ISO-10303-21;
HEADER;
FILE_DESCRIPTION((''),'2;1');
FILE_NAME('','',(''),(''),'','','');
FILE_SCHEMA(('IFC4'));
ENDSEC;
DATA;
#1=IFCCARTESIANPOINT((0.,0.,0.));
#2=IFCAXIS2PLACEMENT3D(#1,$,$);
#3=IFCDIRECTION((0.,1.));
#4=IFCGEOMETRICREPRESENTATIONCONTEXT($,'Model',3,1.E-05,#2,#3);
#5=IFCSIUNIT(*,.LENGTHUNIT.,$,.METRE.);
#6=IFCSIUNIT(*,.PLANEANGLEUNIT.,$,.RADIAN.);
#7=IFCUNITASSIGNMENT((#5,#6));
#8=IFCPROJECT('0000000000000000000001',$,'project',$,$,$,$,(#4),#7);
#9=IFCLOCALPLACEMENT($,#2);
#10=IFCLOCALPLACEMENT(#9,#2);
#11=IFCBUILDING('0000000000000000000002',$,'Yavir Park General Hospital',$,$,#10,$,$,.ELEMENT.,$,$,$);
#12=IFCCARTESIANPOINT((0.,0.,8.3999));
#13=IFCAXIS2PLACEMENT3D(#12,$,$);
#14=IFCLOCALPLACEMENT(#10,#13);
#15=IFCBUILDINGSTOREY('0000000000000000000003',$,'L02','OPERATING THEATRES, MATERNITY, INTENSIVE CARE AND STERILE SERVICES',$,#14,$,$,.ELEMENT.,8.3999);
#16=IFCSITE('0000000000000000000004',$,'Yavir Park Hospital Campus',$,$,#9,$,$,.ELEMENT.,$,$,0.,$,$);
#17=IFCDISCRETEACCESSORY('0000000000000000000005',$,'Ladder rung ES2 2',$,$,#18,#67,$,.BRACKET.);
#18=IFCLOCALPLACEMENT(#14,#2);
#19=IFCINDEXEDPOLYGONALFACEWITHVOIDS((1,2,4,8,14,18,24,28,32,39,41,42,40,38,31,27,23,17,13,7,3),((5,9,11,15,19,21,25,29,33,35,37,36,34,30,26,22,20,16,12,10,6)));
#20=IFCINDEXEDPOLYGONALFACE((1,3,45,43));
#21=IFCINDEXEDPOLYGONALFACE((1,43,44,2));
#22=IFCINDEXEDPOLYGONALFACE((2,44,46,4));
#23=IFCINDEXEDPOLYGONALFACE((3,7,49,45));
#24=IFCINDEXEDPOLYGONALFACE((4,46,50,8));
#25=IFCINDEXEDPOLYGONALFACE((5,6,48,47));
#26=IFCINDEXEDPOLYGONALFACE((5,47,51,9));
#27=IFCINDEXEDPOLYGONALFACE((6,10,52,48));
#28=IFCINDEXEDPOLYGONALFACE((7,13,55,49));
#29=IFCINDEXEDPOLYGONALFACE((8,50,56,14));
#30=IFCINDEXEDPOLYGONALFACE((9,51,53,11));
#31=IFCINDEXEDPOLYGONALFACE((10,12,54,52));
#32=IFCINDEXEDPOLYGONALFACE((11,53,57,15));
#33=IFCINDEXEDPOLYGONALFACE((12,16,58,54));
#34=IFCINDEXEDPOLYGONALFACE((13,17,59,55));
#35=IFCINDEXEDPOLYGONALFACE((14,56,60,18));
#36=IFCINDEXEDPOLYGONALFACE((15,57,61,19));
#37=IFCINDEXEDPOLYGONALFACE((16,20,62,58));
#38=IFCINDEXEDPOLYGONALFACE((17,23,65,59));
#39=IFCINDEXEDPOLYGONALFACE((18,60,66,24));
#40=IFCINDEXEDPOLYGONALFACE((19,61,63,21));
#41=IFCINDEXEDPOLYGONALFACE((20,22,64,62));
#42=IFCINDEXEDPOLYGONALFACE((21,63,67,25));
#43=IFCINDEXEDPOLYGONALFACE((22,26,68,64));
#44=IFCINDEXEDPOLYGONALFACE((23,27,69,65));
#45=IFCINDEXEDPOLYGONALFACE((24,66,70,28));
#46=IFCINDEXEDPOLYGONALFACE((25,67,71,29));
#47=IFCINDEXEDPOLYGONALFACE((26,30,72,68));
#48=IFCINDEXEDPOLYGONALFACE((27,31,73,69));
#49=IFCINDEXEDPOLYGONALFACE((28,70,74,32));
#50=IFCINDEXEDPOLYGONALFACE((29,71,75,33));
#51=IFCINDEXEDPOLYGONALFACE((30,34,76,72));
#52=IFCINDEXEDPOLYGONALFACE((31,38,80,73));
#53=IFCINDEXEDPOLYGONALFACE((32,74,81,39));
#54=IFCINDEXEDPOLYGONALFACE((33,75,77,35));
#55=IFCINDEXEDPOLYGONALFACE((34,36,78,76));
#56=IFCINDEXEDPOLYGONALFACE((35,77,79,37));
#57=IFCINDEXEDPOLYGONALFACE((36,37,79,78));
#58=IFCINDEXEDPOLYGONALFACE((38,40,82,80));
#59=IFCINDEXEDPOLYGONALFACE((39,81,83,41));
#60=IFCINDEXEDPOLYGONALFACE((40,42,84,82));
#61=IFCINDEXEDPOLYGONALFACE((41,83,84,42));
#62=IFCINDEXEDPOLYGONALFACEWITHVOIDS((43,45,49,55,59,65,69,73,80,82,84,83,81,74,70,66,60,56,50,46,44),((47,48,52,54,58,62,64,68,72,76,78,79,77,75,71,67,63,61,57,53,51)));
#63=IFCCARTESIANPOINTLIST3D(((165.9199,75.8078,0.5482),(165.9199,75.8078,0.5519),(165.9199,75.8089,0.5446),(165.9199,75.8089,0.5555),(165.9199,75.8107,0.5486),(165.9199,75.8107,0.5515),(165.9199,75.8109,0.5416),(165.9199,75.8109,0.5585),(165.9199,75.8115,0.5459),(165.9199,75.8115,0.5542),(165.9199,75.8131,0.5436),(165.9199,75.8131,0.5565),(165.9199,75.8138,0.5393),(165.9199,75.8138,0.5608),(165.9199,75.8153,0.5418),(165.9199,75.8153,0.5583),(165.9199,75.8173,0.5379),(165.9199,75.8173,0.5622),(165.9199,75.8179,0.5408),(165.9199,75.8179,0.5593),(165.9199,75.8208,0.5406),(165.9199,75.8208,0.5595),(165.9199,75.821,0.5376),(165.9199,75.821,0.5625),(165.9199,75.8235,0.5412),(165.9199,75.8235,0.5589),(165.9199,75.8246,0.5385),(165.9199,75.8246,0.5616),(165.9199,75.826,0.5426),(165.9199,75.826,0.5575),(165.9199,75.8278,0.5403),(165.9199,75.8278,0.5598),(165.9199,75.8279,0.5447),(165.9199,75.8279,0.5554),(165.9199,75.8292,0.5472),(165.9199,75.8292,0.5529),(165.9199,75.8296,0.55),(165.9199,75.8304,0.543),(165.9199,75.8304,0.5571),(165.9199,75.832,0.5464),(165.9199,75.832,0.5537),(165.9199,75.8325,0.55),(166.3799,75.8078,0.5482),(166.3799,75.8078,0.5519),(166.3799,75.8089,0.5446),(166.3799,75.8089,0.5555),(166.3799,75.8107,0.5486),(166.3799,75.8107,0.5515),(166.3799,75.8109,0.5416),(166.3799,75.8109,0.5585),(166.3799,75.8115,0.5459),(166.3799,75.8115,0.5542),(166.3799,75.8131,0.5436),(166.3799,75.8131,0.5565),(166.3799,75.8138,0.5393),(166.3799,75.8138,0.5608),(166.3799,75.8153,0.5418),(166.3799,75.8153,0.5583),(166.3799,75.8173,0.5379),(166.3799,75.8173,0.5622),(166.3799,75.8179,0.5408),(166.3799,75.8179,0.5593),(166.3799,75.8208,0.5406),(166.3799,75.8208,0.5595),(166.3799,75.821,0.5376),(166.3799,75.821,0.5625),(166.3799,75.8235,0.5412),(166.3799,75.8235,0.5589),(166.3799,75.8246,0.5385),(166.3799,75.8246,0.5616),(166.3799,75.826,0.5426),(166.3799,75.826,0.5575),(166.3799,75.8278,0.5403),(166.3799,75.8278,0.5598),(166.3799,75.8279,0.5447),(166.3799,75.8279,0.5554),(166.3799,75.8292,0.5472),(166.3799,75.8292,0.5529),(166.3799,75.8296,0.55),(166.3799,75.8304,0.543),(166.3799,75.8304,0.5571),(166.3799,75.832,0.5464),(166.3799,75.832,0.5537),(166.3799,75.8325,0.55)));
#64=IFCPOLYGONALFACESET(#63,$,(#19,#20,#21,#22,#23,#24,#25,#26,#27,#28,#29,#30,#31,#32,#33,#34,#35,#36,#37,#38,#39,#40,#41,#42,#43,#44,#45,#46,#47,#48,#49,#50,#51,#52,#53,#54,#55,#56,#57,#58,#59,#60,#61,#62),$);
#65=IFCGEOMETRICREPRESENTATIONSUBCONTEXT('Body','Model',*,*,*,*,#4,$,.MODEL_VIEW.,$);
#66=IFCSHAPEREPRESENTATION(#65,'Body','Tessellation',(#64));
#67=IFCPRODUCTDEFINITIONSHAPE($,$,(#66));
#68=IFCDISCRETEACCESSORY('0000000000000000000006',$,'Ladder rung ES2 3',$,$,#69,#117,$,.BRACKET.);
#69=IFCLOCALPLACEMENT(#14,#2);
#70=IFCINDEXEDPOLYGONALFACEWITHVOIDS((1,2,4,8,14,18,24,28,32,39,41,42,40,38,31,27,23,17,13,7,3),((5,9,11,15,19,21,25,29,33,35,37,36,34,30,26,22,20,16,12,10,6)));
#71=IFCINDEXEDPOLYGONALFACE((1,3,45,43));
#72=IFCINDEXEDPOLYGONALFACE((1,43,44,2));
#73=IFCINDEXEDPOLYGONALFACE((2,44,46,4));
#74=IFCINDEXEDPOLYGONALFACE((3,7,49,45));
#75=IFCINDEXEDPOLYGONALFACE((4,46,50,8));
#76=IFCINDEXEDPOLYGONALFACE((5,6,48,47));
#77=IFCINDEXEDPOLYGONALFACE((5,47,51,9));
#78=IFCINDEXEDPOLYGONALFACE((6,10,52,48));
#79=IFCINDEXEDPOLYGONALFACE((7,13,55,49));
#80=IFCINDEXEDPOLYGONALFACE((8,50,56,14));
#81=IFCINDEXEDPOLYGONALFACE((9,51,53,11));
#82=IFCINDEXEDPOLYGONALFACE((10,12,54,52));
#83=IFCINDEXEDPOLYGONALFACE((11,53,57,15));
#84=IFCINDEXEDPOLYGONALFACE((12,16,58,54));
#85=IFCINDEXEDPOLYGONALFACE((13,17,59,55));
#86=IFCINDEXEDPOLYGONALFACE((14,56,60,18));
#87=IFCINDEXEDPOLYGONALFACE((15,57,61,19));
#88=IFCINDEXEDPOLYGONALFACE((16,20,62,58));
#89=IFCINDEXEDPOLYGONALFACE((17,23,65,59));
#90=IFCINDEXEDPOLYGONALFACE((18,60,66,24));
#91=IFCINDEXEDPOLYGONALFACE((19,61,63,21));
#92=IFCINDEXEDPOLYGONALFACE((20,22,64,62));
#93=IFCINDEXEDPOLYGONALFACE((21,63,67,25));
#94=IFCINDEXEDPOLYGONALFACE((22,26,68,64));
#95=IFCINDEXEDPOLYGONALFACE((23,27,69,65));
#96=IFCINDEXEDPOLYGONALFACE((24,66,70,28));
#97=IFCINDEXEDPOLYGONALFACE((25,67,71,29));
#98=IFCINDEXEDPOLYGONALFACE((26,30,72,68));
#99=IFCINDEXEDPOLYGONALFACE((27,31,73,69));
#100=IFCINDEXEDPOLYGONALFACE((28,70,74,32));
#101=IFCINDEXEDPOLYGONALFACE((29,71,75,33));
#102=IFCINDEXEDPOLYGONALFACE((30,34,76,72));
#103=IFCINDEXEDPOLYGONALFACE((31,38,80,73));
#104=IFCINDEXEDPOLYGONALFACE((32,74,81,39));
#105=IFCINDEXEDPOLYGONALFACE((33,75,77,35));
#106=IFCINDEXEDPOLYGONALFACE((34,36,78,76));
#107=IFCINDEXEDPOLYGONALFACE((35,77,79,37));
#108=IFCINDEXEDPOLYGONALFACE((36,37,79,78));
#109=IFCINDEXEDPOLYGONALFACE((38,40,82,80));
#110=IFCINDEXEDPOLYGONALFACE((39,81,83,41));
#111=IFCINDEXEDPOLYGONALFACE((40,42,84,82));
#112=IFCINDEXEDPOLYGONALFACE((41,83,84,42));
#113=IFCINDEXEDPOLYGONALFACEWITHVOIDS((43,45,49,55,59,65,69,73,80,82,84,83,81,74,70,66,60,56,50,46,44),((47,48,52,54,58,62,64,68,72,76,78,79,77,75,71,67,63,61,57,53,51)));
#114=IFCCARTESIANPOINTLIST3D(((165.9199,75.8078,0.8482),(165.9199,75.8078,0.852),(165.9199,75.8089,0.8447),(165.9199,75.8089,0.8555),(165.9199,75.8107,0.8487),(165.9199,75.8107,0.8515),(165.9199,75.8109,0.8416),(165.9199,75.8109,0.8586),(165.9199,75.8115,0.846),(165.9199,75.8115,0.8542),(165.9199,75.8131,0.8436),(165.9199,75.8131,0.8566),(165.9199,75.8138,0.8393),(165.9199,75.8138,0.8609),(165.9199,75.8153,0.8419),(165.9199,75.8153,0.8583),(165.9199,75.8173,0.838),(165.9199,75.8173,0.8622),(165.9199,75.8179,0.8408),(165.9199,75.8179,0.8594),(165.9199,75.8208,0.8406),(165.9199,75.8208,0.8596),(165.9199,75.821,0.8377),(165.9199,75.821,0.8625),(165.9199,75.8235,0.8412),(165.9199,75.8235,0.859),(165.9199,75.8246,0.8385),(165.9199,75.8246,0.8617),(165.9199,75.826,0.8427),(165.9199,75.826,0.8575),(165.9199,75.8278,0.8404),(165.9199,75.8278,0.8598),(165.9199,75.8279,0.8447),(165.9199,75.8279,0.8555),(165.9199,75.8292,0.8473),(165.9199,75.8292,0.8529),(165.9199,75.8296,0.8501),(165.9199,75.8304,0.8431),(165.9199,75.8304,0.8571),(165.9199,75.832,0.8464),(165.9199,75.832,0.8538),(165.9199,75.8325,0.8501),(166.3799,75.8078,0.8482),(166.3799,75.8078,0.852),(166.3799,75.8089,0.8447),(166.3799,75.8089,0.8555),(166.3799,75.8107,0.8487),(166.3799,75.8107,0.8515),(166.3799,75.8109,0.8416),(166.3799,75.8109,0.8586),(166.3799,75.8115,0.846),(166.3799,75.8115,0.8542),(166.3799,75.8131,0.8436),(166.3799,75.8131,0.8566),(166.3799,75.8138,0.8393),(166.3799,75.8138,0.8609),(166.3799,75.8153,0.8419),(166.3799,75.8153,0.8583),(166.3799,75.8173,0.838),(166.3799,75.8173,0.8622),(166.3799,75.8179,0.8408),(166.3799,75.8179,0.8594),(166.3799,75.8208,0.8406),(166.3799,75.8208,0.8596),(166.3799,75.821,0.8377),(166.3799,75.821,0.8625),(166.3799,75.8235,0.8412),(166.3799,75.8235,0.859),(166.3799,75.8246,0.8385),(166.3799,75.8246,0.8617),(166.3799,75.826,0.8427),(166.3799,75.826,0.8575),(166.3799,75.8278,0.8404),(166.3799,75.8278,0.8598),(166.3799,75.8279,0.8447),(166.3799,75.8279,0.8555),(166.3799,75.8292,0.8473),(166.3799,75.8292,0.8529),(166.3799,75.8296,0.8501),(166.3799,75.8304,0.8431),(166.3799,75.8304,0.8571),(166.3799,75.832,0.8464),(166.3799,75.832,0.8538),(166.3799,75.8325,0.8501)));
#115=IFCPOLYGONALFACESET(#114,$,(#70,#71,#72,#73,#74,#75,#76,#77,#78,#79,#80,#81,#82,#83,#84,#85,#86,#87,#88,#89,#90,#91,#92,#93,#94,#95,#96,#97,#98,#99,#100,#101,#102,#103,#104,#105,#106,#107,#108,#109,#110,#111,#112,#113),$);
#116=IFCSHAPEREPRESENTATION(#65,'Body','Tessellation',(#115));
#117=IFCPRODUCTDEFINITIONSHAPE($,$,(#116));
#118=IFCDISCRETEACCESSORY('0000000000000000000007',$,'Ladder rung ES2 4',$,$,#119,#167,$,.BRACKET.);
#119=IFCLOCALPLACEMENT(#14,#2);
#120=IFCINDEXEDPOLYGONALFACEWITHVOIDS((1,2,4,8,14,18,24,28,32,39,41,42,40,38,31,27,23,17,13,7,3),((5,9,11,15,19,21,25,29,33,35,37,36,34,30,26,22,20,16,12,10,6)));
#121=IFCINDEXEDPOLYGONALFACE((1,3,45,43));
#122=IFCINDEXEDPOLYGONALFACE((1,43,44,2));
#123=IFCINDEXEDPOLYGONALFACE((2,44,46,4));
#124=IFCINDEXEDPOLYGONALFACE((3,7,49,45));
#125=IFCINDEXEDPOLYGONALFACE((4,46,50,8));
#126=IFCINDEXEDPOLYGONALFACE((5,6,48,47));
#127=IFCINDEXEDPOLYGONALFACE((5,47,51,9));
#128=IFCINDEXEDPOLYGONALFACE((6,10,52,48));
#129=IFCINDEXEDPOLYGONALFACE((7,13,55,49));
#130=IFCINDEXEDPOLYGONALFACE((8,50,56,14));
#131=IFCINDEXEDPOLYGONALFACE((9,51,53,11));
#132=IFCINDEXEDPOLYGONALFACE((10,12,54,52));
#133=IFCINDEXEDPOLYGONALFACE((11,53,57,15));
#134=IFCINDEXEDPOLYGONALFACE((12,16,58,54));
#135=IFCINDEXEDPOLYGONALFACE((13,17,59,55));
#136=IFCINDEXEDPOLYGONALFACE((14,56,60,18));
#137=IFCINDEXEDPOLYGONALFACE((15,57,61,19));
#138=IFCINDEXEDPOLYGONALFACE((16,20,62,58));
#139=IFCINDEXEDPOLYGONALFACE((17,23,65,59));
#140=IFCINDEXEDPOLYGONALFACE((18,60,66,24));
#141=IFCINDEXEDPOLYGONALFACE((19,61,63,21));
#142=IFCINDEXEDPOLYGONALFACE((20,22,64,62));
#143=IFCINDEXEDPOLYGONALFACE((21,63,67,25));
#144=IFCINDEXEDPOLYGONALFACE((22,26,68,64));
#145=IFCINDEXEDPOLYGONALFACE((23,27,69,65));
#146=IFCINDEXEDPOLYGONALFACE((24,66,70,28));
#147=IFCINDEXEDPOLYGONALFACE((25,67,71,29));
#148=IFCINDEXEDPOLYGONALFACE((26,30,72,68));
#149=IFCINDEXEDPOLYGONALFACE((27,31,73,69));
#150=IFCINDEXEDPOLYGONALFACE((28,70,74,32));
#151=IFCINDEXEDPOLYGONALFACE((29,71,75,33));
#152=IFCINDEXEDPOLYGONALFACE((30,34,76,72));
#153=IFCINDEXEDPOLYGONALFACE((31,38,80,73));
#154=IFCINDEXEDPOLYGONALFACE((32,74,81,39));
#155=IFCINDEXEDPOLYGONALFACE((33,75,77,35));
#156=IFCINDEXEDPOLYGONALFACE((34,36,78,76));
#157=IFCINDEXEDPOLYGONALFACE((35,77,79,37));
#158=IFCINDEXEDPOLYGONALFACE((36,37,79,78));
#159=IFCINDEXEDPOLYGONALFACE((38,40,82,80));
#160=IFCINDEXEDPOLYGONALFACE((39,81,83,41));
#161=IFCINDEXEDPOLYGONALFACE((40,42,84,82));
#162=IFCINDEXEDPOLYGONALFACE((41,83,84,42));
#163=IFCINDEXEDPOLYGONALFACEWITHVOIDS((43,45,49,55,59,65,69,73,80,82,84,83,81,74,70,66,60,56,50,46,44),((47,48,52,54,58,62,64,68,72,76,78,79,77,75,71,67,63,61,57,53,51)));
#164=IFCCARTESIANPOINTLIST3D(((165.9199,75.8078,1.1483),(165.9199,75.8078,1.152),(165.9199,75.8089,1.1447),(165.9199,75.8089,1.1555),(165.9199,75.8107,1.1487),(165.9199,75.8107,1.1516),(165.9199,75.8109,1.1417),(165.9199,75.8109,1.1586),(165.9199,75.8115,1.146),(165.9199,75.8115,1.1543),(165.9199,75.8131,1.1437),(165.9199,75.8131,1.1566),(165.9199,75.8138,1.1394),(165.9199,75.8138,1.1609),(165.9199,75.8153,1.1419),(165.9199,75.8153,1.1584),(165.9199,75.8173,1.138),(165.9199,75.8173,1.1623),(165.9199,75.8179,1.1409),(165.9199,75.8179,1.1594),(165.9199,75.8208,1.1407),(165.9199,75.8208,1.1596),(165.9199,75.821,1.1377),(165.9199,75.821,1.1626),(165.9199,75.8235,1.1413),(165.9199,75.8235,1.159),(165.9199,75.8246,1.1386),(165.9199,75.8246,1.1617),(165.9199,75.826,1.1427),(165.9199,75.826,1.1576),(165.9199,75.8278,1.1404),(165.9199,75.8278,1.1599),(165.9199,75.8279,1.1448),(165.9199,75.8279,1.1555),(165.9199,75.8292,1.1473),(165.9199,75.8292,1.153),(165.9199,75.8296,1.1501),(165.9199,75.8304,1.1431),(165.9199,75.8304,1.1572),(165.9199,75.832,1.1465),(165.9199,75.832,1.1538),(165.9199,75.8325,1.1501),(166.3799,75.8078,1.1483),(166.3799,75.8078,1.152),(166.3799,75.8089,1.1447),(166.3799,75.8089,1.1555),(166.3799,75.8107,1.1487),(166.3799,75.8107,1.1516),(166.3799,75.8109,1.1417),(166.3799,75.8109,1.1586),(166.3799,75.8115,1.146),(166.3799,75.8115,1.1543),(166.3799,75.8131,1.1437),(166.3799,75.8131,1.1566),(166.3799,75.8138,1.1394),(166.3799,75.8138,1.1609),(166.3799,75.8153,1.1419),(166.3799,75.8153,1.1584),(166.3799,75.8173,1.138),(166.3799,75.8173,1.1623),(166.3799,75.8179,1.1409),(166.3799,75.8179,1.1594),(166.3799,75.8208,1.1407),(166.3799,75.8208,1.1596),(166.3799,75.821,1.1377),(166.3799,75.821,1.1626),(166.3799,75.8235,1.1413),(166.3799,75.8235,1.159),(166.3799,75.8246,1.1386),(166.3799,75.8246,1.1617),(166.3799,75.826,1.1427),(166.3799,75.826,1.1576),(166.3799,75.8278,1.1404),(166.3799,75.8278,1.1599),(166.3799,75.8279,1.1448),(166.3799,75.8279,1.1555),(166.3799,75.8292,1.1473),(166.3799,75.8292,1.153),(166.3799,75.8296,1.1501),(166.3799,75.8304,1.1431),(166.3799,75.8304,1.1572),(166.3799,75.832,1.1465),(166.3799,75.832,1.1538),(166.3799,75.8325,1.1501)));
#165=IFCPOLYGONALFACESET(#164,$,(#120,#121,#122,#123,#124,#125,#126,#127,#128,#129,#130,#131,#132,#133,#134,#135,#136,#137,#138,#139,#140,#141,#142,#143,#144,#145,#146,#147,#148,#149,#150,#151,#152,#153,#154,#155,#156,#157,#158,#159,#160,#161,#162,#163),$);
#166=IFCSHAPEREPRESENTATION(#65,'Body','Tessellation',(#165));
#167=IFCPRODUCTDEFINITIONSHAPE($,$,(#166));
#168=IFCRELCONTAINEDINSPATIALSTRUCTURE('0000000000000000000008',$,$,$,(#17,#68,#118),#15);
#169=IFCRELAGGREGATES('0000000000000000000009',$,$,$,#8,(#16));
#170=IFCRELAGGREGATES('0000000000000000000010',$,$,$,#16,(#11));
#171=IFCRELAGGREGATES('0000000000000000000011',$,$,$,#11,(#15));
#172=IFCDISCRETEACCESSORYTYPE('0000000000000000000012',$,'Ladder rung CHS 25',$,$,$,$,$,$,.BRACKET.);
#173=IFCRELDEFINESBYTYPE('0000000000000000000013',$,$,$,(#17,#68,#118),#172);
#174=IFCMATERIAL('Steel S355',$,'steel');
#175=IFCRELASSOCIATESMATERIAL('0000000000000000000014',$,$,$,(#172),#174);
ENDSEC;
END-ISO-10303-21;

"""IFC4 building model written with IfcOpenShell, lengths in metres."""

from ifc_helpers import new_model, si_unit, direction, frame, origin, origin_2d, place, context, subcontext, project, spatial, hollow_circle, extrude, material, material_profile, profile_set, type_object, element, save


model = new_model("IFC4")

# Units and contexts
model_context = context("Model", 3, precision=1e-05, world=origin(), true_north=direction((0.0, 1.0)))
body_context = subcontext(model_context, "Body", "Model", "MODEL_VIEW")
ifc_project = project(units=[si_unit("LENGTHUNIT", "METRE"), si_unit("PLANEANGLEUNIT", "RADIAN")], contexts=[model_context])

# Site, building, storey
site_placement = place(None, origin())
site = spatial("IfcSite", under=ifc_project, at=site_placement, Name="Yavir Park Hospital Campus", CompositionType="ELEMENT", RefElevation=0.0)
building_placement = place(site_placement, origin())
building = spatial("IfcBuilding", under=site, at=building_placement, Name="Yavir Park General Hospital", CompositionType="ELEMENT")
storey_placement = place(building_placement, frame((0.0, 0.0, 8.3999)))
storey = spatial("IfcBuildingStorey", under=building, at=storey_placement, Name="L02", Description="OPERATING THEATRES, MATERNITY, INTENSIVE CARE AND STERILE SERVICES", CompositionType="ELEMENT", Elevation=8.3999)

# Discrete accessories
ifc_material_1 = material(Name="Steel S355", Category="steel")
ifc_material_profile_1 = material_profile(ifc_material_1, hollow_circle(Radius=0.0125, WallThickness=0.0029, at=origin_2d()), Name="CHS25x3")
ifc_profile_set_1 = profile_set([ifc_material_profile_1], Name="Steel S355")
discrete_accessory_type_1 = type_object("IfcDiscreteAccessoryType", Name="Ladder rung CHS 25", PredefinedType="BRACKET", material=ifc_profile_set_1)
for number, where, z_axis, x_axis, name in (
    (1, (165.9199, 75.8201, 0.55), (1.0, 0.0, 0.0), (0.0, 1.0, 0.0), "Ladder rung ES2 2"),
    (2, (165.9199, 75.8201, 0.8501), (1.0, 0.0, 0.0), (0.0, 1.0, 0.0), "Ladder rung ES2 3"),
    (3, (165.9199, 75.8201, 1.1501), (1.0, 0.0, 0.0), (0.0, 1.0, 0.0), "Ladder rung ES2 4"),
):
    element("IfcDiscreteAccessory", number, at=place(storey_placement, frame(where, z_axis=z_axis, x_axis=x_axis)), inside=storey, type_object=discrete_accessory_type_1, Name=name, PredefinedType="BRACKET", context=body_context, shape_type="SweptSolid", body=[
        extrude(hollow_circle(Radius=0.0125, WallThickness=0.0029, at=origin_2d()), origin(), (0.0, 0.0, 1.0), 0.46),
    ])

save(model, "model.ifc")
